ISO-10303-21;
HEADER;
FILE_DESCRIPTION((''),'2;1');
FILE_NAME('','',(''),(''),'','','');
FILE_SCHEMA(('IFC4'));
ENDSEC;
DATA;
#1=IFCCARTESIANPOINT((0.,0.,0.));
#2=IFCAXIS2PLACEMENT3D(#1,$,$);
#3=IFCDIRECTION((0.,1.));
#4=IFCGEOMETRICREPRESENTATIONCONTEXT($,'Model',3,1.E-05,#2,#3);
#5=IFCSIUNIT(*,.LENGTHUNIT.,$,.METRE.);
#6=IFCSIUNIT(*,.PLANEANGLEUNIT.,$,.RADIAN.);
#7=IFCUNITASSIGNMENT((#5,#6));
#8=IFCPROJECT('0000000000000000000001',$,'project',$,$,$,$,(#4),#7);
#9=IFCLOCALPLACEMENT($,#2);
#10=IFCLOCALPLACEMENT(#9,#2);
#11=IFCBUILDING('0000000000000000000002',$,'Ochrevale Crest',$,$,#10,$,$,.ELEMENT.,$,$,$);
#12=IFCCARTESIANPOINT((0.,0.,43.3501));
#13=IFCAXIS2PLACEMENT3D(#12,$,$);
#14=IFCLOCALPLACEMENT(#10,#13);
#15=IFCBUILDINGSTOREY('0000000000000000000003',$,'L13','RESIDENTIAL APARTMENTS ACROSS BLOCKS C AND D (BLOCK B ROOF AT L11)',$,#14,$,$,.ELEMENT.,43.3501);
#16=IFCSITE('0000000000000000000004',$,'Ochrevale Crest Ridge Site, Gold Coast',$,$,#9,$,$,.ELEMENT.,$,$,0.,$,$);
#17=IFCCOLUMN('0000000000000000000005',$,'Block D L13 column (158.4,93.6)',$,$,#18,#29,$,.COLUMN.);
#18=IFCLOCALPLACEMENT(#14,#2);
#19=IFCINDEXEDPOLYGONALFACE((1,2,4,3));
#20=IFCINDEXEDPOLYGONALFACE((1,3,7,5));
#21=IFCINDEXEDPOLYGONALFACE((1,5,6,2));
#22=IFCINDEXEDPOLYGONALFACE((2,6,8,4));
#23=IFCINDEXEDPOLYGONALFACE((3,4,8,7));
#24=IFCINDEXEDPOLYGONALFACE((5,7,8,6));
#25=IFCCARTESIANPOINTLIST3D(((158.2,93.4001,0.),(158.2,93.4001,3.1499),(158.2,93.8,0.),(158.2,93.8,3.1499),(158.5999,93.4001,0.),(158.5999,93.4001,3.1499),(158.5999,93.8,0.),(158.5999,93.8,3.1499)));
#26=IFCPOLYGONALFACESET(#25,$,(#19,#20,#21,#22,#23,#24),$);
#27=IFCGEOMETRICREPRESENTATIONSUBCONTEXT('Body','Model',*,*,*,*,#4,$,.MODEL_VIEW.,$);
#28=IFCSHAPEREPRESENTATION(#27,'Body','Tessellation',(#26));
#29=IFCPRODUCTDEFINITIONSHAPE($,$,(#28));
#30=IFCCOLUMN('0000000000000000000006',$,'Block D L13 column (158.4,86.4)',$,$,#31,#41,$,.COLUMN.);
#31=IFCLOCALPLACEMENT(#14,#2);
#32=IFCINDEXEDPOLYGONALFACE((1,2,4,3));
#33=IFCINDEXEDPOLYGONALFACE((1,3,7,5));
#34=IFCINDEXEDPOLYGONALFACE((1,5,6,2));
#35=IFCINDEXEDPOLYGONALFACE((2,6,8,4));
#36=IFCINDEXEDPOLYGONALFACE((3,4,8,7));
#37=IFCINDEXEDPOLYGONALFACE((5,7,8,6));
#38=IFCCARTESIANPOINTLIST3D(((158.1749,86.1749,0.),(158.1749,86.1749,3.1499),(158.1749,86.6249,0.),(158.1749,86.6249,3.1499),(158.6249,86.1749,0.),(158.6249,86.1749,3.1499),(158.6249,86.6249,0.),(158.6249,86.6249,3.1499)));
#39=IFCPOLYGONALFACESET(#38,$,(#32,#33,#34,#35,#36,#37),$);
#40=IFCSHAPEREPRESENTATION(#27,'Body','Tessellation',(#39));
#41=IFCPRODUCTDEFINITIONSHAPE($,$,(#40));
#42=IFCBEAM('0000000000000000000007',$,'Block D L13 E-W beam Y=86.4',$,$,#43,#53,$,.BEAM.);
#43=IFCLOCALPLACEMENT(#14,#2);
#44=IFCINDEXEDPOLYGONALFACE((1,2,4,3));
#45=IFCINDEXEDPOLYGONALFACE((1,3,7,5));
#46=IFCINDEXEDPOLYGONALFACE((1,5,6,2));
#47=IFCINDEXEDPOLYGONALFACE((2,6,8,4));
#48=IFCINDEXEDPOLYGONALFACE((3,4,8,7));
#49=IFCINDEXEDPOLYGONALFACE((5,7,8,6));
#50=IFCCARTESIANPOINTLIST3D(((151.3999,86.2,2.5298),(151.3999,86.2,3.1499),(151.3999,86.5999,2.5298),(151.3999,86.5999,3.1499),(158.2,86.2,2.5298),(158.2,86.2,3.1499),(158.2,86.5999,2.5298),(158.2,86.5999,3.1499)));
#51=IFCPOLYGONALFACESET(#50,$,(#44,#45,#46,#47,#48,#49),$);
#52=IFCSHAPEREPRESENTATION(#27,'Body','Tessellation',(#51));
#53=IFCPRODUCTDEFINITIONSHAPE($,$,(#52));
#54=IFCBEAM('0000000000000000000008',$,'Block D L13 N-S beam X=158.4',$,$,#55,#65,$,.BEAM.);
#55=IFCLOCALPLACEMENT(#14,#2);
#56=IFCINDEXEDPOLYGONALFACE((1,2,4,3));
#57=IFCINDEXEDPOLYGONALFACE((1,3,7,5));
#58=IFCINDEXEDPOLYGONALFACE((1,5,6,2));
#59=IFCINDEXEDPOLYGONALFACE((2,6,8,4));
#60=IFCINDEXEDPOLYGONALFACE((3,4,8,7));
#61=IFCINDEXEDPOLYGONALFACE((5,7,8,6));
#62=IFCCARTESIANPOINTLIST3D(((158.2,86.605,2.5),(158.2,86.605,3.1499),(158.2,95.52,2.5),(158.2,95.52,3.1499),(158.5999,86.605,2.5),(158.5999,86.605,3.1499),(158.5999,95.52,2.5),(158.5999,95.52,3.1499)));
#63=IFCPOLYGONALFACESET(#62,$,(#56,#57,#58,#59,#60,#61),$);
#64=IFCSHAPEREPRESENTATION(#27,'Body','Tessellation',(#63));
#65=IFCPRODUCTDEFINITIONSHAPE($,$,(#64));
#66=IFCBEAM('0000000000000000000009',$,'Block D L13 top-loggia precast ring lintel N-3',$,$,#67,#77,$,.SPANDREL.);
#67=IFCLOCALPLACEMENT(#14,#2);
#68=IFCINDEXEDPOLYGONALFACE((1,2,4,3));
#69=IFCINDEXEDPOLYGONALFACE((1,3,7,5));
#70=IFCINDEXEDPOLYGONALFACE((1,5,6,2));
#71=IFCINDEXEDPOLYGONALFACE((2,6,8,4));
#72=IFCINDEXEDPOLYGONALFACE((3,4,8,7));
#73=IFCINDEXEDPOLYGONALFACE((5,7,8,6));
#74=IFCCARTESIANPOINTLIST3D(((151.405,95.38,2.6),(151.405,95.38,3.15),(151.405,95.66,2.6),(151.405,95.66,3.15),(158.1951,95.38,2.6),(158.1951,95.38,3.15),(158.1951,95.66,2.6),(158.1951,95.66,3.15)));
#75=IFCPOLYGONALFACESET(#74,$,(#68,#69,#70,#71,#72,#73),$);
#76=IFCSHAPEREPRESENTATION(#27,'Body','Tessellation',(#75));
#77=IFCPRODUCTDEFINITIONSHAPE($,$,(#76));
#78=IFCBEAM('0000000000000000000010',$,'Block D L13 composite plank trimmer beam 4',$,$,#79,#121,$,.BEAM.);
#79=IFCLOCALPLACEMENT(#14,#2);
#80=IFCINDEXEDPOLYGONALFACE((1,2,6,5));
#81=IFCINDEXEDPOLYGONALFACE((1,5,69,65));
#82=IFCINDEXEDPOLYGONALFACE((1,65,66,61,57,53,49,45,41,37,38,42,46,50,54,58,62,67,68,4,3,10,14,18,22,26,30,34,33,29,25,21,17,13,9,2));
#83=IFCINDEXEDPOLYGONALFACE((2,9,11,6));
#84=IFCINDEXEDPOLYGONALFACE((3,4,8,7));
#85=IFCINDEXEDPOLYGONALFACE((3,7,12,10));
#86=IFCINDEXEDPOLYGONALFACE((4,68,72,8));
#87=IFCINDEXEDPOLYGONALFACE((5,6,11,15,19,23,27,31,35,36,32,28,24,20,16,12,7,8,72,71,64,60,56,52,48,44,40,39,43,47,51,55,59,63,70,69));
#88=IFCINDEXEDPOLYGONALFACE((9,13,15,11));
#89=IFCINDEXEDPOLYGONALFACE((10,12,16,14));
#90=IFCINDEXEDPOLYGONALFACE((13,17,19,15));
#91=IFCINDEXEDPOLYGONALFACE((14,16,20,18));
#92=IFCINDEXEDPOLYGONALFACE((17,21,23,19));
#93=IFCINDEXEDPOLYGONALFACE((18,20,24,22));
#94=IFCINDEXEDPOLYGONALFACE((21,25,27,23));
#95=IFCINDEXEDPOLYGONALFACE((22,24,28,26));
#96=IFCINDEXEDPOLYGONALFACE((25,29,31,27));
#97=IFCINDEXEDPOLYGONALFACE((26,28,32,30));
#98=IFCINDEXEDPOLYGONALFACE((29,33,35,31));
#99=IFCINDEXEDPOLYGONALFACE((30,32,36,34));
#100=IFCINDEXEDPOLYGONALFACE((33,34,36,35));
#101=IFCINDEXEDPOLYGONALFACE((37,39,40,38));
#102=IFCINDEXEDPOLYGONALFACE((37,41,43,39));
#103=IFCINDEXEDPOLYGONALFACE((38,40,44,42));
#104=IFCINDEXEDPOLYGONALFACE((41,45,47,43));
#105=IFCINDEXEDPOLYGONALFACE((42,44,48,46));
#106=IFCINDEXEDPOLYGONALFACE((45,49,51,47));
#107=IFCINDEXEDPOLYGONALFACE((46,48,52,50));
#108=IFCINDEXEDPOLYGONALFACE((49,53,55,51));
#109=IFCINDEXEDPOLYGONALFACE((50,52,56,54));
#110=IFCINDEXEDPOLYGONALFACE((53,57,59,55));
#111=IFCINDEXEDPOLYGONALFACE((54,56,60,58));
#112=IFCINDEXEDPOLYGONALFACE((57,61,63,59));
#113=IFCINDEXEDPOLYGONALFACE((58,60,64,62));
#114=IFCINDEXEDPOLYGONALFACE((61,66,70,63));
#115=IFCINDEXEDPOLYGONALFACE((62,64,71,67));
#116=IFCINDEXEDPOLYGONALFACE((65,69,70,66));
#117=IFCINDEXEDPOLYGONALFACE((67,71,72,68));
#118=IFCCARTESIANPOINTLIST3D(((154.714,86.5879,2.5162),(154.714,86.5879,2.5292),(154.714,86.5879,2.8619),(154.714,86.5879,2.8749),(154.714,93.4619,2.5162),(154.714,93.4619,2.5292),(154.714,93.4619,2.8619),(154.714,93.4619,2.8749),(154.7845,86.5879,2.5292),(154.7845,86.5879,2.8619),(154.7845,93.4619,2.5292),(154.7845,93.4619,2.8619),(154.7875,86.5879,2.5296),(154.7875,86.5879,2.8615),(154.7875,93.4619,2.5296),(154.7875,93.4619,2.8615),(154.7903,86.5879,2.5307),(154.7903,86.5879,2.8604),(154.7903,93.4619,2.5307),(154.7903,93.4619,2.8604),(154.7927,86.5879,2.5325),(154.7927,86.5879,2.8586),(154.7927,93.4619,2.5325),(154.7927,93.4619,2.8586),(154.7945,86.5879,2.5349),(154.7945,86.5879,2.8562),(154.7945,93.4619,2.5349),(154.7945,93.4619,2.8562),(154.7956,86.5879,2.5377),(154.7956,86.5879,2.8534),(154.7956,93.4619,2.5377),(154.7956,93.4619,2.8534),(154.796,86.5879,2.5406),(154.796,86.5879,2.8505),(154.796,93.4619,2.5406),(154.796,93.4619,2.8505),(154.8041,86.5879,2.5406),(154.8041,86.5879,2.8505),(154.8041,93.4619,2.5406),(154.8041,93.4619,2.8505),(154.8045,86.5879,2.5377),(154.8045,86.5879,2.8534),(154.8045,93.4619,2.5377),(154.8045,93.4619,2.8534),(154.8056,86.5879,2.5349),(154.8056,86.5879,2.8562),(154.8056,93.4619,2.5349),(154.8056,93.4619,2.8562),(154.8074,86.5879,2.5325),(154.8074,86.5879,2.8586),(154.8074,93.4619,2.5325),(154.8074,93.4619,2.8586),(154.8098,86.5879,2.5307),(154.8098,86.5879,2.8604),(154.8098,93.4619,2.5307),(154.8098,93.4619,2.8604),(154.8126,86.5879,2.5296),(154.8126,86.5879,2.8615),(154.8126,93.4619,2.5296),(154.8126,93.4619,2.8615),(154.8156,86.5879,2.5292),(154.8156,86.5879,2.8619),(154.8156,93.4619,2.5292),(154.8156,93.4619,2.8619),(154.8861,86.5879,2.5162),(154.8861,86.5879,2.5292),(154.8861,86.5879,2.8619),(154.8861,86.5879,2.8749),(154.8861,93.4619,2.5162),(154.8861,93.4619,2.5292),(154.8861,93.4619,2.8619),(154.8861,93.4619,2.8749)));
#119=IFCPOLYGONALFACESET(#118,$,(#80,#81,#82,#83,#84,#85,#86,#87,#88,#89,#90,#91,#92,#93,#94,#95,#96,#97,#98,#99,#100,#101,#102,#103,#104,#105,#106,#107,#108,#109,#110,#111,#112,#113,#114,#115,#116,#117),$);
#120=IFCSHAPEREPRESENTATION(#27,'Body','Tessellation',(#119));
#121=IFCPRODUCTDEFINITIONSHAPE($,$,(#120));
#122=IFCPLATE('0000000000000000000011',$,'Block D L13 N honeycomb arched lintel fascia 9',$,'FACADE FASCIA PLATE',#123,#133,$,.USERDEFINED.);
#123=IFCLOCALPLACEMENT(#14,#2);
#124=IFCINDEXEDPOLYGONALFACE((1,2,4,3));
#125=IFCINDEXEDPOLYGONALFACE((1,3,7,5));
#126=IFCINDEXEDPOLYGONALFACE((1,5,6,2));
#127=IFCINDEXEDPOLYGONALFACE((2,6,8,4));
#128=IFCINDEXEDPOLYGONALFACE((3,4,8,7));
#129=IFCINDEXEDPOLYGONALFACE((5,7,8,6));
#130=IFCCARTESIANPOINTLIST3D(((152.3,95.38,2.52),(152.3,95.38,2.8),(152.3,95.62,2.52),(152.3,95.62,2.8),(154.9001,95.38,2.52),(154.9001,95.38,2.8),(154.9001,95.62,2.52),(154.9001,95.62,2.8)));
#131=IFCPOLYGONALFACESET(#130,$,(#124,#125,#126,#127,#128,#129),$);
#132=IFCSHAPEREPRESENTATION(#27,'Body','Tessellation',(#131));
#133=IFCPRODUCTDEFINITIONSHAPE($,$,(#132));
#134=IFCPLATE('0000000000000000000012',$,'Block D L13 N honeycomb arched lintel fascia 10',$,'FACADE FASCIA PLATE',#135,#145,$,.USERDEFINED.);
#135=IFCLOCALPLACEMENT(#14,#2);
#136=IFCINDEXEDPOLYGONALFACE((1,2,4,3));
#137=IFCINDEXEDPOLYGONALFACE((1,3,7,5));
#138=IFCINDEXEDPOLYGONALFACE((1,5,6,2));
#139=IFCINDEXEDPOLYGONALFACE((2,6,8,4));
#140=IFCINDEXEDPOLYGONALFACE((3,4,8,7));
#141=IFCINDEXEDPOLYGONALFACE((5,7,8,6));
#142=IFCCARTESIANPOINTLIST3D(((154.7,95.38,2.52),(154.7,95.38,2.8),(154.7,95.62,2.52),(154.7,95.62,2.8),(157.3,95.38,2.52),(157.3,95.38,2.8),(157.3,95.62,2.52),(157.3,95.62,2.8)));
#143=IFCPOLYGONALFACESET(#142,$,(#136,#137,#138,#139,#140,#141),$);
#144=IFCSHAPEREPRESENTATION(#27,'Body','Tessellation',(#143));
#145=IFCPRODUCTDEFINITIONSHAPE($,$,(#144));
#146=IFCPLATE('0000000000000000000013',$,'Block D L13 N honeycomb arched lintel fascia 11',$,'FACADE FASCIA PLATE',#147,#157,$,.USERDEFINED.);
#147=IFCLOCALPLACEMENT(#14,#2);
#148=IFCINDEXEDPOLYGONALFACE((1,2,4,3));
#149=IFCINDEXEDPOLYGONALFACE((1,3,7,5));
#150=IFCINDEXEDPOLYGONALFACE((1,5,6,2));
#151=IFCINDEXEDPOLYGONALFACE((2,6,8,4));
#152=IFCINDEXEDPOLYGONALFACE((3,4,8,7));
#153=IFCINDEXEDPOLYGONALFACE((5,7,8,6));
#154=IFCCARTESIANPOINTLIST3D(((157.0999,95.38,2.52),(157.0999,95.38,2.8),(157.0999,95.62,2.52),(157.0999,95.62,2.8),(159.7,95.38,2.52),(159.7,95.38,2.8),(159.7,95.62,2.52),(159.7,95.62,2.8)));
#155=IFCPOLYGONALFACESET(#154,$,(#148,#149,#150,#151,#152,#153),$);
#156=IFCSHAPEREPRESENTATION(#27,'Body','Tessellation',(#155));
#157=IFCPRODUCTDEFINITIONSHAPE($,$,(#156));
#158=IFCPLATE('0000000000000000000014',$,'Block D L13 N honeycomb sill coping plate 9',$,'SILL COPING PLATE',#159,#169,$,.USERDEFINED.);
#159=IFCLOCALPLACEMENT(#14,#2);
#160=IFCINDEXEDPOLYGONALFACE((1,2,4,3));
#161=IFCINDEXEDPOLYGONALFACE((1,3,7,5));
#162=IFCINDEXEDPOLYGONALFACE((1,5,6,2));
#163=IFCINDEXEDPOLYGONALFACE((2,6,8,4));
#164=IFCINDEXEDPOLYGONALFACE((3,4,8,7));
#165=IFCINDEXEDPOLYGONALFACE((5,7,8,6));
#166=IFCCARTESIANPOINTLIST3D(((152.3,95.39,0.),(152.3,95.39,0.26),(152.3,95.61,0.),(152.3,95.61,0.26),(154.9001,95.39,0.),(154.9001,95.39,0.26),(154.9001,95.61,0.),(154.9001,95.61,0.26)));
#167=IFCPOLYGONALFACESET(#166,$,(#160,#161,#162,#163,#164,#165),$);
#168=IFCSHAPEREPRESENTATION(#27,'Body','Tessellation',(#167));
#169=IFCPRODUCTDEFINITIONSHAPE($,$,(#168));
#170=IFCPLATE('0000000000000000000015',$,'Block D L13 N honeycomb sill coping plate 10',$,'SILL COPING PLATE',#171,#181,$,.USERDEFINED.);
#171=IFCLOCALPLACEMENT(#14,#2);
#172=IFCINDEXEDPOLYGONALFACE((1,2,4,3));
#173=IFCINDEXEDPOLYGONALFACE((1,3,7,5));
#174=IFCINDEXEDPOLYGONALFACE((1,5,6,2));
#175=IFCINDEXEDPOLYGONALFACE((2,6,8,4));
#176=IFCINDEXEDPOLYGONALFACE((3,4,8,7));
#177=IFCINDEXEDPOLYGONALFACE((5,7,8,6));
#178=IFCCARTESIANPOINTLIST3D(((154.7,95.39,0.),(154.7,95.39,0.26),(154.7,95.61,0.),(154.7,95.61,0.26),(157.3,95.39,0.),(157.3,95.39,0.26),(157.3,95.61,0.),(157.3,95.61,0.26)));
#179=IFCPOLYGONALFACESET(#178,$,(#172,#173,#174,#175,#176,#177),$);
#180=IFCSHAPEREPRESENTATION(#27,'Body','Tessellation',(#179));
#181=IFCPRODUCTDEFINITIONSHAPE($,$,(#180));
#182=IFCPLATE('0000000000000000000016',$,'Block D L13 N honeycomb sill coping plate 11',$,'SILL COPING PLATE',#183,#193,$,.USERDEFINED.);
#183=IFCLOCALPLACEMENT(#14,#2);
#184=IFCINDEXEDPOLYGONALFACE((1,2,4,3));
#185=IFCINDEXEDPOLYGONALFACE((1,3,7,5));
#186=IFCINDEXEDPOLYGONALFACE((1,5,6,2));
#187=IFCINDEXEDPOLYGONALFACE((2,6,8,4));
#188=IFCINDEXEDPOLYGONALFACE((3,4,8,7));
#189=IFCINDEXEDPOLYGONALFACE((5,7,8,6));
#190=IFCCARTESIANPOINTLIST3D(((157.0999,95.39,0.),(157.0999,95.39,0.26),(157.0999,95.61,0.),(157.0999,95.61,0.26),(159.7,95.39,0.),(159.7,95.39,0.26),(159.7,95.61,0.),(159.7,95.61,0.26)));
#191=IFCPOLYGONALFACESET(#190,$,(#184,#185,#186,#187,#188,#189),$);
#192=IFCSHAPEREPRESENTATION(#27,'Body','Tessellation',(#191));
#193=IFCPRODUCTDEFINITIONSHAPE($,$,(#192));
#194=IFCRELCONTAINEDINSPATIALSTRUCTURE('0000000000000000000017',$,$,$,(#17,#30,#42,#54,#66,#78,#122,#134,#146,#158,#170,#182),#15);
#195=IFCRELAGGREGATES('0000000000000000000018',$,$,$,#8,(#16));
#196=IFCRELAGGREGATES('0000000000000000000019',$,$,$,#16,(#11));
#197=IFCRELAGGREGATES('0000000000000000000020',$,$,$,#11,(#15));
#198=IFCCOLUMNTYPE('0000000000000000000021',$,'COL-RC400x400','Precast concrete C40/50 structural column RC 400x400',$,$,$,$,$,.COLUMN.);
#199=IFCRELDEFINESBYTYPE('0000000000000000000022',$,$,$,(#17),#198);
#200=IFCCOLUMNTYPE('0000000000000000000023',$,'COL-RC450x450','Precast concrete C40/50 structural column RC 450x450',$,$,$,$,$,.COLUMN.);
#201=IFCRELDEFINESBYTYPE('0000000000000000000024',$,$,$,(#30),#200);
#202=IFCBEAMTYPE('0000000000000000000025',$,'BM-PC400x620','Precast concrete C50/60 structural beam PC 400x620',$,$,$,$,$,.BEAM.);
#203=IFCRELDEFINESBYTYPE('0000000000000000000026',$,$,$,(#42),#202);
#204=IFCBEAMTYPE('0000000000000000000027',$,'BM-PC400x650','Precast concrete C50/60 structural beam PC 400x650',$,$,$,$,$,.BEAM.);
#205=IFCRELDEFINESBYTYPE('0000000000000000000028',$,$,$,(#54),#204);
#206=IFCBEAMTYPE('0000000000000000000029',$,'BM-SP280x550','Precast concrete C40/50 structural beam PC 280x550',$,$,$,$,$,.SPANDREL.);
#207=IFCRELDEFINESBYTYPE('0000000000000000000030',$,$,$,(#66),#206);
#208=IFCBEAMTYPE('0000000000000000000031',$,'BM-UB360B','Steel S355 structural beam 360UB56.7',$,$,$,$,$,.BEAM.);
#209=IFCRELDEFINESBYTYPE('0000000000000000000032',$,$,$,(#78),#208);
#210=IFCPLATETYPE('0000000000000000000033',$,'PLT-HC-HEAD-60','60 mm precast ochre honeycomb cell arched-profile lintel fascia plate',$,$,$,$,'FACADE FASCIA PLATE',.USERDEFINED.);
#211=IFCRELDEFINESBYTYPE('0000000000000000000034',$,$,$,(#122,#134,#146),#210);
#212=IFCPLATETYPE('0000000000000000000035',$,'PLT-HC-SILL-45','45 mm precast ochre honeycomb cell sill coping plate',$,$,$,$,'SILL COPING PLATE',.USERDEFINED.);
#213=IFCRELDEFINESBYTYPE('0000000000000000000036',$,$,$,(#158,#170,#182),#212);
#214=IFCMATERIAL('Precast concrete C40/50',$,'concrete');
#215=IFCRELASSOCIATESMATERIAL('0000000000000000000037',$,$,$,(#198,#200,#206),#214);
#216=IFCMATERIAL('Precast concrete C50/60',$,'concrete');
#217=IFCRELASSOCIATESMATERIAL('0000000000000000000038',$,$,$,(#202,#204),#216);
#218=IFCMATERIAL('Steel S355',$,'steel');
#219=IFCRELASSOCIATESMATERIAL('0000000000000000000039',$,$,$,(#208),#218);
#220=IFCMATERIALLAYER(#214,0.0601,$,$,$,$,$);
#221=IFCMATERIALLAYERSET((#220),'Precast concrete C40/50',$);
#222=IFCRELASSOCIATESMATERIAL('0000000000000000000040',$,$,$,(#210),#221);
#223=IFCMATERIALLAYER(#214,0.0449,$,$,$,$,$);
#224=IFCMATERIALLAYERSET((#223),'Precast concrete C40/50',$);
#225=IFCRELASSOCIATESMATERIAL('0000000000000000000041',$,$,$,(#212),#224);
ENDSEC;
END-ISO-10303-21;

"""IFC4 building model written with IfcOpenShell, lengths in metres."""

from ifc_helpers import new_model, si_unit, direction, frame, origin, origin_2d, place, context, subcontext, project, spatial, rectangle, i_section, extrude, material, layer, layer_set, material_profile, profile_set, type_object, element, save


model = new_model("IFC4")

# Units and contexts
model_context = context("Model", 3, precision=1e-05, world=origin(), true_north=direction((0.0, 1.0)))
body_context = subcontext(model_context, "Body", "Model", "MODEL_VIEW")
ifc_project = project(units=[si_unit("LENGTHUNIT", "METRE"), si_unit("PLANEANGLEUNIT", "RADIAN")], contexts=[model_context])

# Site, building, storey
site_placement = place(None, origin())
site = spatial("IfcSite", under=ifc_project, at=site_placement, Name="Ochrevale Crest Ridge Site, Gold Coast", CompositionType="ELEMENT", RefElevation=0.0)
building_placement = place(site_placement, origin())
building = spatial("IfcBuilding", under=site, at=building_placement, Name="Ochrevale Crest", CompositionType="ELEMENT")
storey_placement = place(building_placement, frame((0.0, 0.0, 43.3501)))
storey = spatial("IfcBuildingStorey", under=building, at=storey_placement, Name="L13", Description="RESIDENTIAL APARTMENTS ACROSS BLOCKS C AND D (BLOCK B ROOF AT L11)", CompositionType="ELEMENT", Elevation=43.3501)

# Columns
ifc_material_1 = material(Name="Precast concrete C40/50", Category="concrete")
ifc_material_profile_1 = material_profile(ifc_material_1, rectangle(XDim=0.3999, YDim=0.3999, at=origin_2d()), Name="RC 400x400")
ifc_profile_set_1 = profile_set([ifc_material_profile_1], Name="Precast concrete C40/50")
column_type_1 = type_object("IfcColumnType", Name="COL-RC400x400", Description="Precast concrete C40/50 structural column RC 400x400", PredefinedType="COLUMN", material=ifc_profile_set_1)
column_1_placement = place(storey_placement, frame((158.3999, 93.6001, 0.0), z_axis=(0.0, 0.0, 1.0), x_axis=(1.0, 0.0, 0.0)))
element("IfcColumn", 1, at=column_1_placement, inside=storey, type_object=column_type_1, Name="Block D L13 column (158.4,93.6)", PredefinedType="COLUMN", context=body_context, shape_type="SweptSolid", body=[
    extrude(rectangle(XDim=0.3999, YDim=0.3999, at=origin_2d()), origin(), (0.0, 0.0, 1.0), 3.1499),
])
ifc_material_profile_2 = material_profile(ifc_material_1, rectangle(XDim=0.45, YDim=0.45, at=origin_2d()), Name="RC 450x450")
ifc_profile_set_2 = profile_set([ifc_material_profile_2], Name="Precast concrete C40/50")
column_type_2 = type_object("IfcColumnType", Name="COL-RC450x450", Description="Precast concrete C40/50 structural column RC 450x450", PredefinedType="COLUMN", material=ifc_profile_set_2)
column_2_placement = place(storey_placement, frame((158.3999, 86.3999, 0.0), z_axis=(0.0, 0.0, 1.0), x_axis=(1.0, 0.0, 0.0)))
element("IfcColumn", 2, at=column_2_placement, inside=storey, type_object=column_type_2, Name="Block D L13 column (158.4,86.4)", PredefinedType="COLUMN", context=body_context, shape_type="SweptSolid", body=[
    extrude(rectangle(XDim=0.45, YDim=0.45, at=origin_2d()), origin(), (0.0, 0.0, 1.0), 3.1499),
])

# Beams
ifc_material_2 = material(Name="Precast concrete C50/60", Category="concrete")
ifc_material_profile_3 = material_profile(ifc_material_2, rectangle(XDim=0.3999, YDim=0.6201, at=origin_2d()), Name="PC 400x620")
ifc_profile_set_3 = profile_set([ifc_material_profile_3], Name="Precast concrete C50/60")
beam_type_1 = type_object("IfcBeamType", Name="BM-PC400x620", Description="Precast concrete C50/60 structural beam PC 400x620", PredefinedType="BEAM", material=ifc_profile_set_3)
beam_1_placement = place(storey_placement, frame((151.3999, 86.3999, 2.8398), z_axis=(1.0, 0.0, 0.0), x_axis=(0.0, 1.0, 0.0)))
element("IfcBeam", 3, at=beam_1_placement, inside=storey, type_object=beam_type_1, Name="Block D L13 E-W beam Y=86.4", PredefinedType="BEAM", context=body_context, shape_type="SweptSolid", body=[
    extrude(rectangle(XDim=0.3999, YDim=0.6201, at=origin_2d()), origin(), (0.0, 0.0, 1.0), 6.8),
])
ifc_material_profile_4 = material_profile(ifc_material_2, rectangle(XDim=0.3999, YDim=0.6499, at=origin_2d()), Name="PC 400x650")
ifc_profile_set_4 = profile_set([ifc_material_profile_4], Name="Precast concrete C50/60")
beam_type_2 = type_object("IfcBeamType", Name="BM-PC400x650", Description="Precast concrete C50/60 structural beam PC 400x650", PredefinedType="BEAM", material=ifc_profile_set_4)
beam_2_placement = place(storey_placement, frame((158.3999, 86.605, 2.825), z_axis=(0.0, 1.0, 0.0), x_axis=(-1.0, 0.0, 0.0)))
element("IfcBeam", 4, at=beam_2_placement, inside=storey, type_object=beam_type_2, Name="Block D L13 N-S beam X=158.4", PredefinedType="BEAM", context=body_context, shape_type="SweptSolid", body=[
    extrude(rectangle(XDim=0.3999, YDim=0.6499, at=origin_2d()), origin(), (0.0, 0.0, 1.0), 8.915),
])
ifc_material_profile_5 = material_profile(ifc_material_1, rectangle(XDim=0.28, YDim=0.55, at=origin_2d()), Name="PC 280x550")
ifc_profile_set_5 = profile_set([ifc_material_profile_5], Name="Precast concrete C40/50")
beam_type_3 = type_object("IfcBeamType", Name="BM-SP280x550", Description="Precast concrete C40/50 structural beam PC 280x550", PredefinedType="SPANDREL", material=ifc_profile_set_5)
beam_3_placement = place(storey_placement, frame((151.405, 95.52, 2.875), z_axis=(1.0, 0.0, 0.0), x_axis=(0.0, 1.0, 0.0)))
element("IfcBeam", 5, at=beam_3_placement, inside=storey, type_object=beam_type_3, Name="Block D L13 top-loggia precast ring lintel N-3", PredefinedType="SPANDREL", context=body_context, shape_type="SweptSolid", body=[
    extrude(rectangle(XDim=0.28, YDim=0.55, at=origin_2d()), origin(), (0.0, 0.0, 1.0), 6.79),
])
ifc_material_3 = material(Name="Steel S355", Category="steel")
ifc_material_profile_6 = material_profile(ifc_material_3, i_section(OverallWidth=0.1721, OverallDepth=0.3586, WebThickness=0.0081, FlangeThickness=0.0129, FilletRadius=0.0115, at=origin_2d()), Name="360UB56.7")
ifc_profile_set_6 = profile_set([ifc_material_profile_6], Name="Steel S355")
beam_type_4 = type_object("IfcBeamType", Name="BM-UB360B", Description="Steel S355 structural beam 360UB56.7", PredefinedType="BEAM", material=ifc_profile_set_6)
beam_4_placement = place(storey_placement, frame((154.8, 86.5879, 2.6956), z_axis=(0.0, 1.0, 0.0), x_axis=(-1.0, 0.0, 0.0)))
element("IfcBeam", 6, at=beam_4_placement, inside=storey, type_object=beam_type_4, Name="Block D L13 composite plank trimmer beam 4", PredefinedType="BEAM", context=body_context, shape_type="SweptSolid", body=[
    extrude(i_section(OverallWidth=0.1721, OverallDepth=0.3586, WebThickness=0.0081, FlangeThickness=0.0129, FilletRadius=0.0115, at=origin_2d()), origin(), (0.0, 0.0, 1.0), 6.874),
])

# Plates
ifc_layer_1 = layer(ifc_material_1, 0.0601)
ifc_layer_set_1 = layer_set([ifc_layer_1], Name="Precast concrete C40/50")
plate_type_1 = type_object("IfcPlateType", Name="PLT-HC-HEAD-60", Description="60 mm precast ochre honeycomb cell arched-profile lintel fascia plate", ElementType="FACADE FASCIA PLATE", PredefinedType="USERDEFINED", material=ifc_layer_set_1)
for number, where, z_axis, x_axis, name in (
    (7, (153.6001, 95.5, 2.52), (0.0, 0.0, 1.0), (1.0, 0.0, 0.0), "Block D L13 N honeycomb arched lintel fascia 9"),
    (8, (156.0, 95.5, 2.52), (0.0, 0.0, 1.0), (1.0, 0.0, 0.0), "Block D L13 N honeycomb arched lintel fascia 10"),
    (9, (158.3999, 95.5, 2.52), (0.0, 0.0, 1.0), (1.0, 0.0, 0.0), "Block D L13 N honeycomb arched lintel fascia 11"),
):
    element("IfcPlate", number, at=place(storey_placement, frame(where, z_axis=z_axis, x_axis=x_axis)), inside=storey, type_object=plate_type_1, Name=name, ObjectType="FACADE FASCIA PLATE", PredefinedType="USERDEFINED", context=body_context, shape_type="SweptSolid", body=[
        extrude(rectangle(XDim=2.6001, YDim=0.24, at=origin_2d()), origin(), (0.0, 0.0, 1.0), 0.28),
    ])
ifc_layer_2 = layer(ifc_material_1, 0.0449)
ifc_layer_set_2 = layer_set([ifc_layer_2], Name="Precast concrete C40/50")
plate_type_2 = type_object("IfcPlateType", Name="PLT-HC-SILL-45", Description="45 mm precast ochre honeycomb cell sill coping plate", ElementType="SILL COPING PLATE", PredefinedType="USERDEFINED", material=ifc_layer_set_2)
for number, where, z_axis, x_axis, name in (
    (10, (153.6001, 95.5, 0.0), (0.0, 0.0, 1.0), (1.0, 0.0, 0.0), "Block D L13 N honeycomb sill coping plate 9"),
    (11, (156.0, 95.5, 0.0), (0.0, 0.0, 1.0), (1.0, 0.0, 0.0), "Block D L13 N honeycomb sill coping plate 10"),
    (12, (158.3999, 95.5, 0.0), (0.0, 0.0, 1.0), (1.0, 0.0, 0.0), "Block D L13 N honeycomb sill coping plate 11"),
):
    element("IfcPlate", number, at=place(storey_placement, frame(where, z_axis=z_axis, x_axis=x_axis)), inside=storey, type_object=plate_type_2, Name=name, ObjectType="SILL COPING PLATE", PredefinedType="USERDEFINED", context=body_context, shape_type="SweptSolid", body=[
        extrude(rectangle(XDim=2.6001, YDim=0.22, at=origin_2d()), origin(), (0.0, 0.0, 1.0), 0.26),
    ])

save(model, "model.ifc")
